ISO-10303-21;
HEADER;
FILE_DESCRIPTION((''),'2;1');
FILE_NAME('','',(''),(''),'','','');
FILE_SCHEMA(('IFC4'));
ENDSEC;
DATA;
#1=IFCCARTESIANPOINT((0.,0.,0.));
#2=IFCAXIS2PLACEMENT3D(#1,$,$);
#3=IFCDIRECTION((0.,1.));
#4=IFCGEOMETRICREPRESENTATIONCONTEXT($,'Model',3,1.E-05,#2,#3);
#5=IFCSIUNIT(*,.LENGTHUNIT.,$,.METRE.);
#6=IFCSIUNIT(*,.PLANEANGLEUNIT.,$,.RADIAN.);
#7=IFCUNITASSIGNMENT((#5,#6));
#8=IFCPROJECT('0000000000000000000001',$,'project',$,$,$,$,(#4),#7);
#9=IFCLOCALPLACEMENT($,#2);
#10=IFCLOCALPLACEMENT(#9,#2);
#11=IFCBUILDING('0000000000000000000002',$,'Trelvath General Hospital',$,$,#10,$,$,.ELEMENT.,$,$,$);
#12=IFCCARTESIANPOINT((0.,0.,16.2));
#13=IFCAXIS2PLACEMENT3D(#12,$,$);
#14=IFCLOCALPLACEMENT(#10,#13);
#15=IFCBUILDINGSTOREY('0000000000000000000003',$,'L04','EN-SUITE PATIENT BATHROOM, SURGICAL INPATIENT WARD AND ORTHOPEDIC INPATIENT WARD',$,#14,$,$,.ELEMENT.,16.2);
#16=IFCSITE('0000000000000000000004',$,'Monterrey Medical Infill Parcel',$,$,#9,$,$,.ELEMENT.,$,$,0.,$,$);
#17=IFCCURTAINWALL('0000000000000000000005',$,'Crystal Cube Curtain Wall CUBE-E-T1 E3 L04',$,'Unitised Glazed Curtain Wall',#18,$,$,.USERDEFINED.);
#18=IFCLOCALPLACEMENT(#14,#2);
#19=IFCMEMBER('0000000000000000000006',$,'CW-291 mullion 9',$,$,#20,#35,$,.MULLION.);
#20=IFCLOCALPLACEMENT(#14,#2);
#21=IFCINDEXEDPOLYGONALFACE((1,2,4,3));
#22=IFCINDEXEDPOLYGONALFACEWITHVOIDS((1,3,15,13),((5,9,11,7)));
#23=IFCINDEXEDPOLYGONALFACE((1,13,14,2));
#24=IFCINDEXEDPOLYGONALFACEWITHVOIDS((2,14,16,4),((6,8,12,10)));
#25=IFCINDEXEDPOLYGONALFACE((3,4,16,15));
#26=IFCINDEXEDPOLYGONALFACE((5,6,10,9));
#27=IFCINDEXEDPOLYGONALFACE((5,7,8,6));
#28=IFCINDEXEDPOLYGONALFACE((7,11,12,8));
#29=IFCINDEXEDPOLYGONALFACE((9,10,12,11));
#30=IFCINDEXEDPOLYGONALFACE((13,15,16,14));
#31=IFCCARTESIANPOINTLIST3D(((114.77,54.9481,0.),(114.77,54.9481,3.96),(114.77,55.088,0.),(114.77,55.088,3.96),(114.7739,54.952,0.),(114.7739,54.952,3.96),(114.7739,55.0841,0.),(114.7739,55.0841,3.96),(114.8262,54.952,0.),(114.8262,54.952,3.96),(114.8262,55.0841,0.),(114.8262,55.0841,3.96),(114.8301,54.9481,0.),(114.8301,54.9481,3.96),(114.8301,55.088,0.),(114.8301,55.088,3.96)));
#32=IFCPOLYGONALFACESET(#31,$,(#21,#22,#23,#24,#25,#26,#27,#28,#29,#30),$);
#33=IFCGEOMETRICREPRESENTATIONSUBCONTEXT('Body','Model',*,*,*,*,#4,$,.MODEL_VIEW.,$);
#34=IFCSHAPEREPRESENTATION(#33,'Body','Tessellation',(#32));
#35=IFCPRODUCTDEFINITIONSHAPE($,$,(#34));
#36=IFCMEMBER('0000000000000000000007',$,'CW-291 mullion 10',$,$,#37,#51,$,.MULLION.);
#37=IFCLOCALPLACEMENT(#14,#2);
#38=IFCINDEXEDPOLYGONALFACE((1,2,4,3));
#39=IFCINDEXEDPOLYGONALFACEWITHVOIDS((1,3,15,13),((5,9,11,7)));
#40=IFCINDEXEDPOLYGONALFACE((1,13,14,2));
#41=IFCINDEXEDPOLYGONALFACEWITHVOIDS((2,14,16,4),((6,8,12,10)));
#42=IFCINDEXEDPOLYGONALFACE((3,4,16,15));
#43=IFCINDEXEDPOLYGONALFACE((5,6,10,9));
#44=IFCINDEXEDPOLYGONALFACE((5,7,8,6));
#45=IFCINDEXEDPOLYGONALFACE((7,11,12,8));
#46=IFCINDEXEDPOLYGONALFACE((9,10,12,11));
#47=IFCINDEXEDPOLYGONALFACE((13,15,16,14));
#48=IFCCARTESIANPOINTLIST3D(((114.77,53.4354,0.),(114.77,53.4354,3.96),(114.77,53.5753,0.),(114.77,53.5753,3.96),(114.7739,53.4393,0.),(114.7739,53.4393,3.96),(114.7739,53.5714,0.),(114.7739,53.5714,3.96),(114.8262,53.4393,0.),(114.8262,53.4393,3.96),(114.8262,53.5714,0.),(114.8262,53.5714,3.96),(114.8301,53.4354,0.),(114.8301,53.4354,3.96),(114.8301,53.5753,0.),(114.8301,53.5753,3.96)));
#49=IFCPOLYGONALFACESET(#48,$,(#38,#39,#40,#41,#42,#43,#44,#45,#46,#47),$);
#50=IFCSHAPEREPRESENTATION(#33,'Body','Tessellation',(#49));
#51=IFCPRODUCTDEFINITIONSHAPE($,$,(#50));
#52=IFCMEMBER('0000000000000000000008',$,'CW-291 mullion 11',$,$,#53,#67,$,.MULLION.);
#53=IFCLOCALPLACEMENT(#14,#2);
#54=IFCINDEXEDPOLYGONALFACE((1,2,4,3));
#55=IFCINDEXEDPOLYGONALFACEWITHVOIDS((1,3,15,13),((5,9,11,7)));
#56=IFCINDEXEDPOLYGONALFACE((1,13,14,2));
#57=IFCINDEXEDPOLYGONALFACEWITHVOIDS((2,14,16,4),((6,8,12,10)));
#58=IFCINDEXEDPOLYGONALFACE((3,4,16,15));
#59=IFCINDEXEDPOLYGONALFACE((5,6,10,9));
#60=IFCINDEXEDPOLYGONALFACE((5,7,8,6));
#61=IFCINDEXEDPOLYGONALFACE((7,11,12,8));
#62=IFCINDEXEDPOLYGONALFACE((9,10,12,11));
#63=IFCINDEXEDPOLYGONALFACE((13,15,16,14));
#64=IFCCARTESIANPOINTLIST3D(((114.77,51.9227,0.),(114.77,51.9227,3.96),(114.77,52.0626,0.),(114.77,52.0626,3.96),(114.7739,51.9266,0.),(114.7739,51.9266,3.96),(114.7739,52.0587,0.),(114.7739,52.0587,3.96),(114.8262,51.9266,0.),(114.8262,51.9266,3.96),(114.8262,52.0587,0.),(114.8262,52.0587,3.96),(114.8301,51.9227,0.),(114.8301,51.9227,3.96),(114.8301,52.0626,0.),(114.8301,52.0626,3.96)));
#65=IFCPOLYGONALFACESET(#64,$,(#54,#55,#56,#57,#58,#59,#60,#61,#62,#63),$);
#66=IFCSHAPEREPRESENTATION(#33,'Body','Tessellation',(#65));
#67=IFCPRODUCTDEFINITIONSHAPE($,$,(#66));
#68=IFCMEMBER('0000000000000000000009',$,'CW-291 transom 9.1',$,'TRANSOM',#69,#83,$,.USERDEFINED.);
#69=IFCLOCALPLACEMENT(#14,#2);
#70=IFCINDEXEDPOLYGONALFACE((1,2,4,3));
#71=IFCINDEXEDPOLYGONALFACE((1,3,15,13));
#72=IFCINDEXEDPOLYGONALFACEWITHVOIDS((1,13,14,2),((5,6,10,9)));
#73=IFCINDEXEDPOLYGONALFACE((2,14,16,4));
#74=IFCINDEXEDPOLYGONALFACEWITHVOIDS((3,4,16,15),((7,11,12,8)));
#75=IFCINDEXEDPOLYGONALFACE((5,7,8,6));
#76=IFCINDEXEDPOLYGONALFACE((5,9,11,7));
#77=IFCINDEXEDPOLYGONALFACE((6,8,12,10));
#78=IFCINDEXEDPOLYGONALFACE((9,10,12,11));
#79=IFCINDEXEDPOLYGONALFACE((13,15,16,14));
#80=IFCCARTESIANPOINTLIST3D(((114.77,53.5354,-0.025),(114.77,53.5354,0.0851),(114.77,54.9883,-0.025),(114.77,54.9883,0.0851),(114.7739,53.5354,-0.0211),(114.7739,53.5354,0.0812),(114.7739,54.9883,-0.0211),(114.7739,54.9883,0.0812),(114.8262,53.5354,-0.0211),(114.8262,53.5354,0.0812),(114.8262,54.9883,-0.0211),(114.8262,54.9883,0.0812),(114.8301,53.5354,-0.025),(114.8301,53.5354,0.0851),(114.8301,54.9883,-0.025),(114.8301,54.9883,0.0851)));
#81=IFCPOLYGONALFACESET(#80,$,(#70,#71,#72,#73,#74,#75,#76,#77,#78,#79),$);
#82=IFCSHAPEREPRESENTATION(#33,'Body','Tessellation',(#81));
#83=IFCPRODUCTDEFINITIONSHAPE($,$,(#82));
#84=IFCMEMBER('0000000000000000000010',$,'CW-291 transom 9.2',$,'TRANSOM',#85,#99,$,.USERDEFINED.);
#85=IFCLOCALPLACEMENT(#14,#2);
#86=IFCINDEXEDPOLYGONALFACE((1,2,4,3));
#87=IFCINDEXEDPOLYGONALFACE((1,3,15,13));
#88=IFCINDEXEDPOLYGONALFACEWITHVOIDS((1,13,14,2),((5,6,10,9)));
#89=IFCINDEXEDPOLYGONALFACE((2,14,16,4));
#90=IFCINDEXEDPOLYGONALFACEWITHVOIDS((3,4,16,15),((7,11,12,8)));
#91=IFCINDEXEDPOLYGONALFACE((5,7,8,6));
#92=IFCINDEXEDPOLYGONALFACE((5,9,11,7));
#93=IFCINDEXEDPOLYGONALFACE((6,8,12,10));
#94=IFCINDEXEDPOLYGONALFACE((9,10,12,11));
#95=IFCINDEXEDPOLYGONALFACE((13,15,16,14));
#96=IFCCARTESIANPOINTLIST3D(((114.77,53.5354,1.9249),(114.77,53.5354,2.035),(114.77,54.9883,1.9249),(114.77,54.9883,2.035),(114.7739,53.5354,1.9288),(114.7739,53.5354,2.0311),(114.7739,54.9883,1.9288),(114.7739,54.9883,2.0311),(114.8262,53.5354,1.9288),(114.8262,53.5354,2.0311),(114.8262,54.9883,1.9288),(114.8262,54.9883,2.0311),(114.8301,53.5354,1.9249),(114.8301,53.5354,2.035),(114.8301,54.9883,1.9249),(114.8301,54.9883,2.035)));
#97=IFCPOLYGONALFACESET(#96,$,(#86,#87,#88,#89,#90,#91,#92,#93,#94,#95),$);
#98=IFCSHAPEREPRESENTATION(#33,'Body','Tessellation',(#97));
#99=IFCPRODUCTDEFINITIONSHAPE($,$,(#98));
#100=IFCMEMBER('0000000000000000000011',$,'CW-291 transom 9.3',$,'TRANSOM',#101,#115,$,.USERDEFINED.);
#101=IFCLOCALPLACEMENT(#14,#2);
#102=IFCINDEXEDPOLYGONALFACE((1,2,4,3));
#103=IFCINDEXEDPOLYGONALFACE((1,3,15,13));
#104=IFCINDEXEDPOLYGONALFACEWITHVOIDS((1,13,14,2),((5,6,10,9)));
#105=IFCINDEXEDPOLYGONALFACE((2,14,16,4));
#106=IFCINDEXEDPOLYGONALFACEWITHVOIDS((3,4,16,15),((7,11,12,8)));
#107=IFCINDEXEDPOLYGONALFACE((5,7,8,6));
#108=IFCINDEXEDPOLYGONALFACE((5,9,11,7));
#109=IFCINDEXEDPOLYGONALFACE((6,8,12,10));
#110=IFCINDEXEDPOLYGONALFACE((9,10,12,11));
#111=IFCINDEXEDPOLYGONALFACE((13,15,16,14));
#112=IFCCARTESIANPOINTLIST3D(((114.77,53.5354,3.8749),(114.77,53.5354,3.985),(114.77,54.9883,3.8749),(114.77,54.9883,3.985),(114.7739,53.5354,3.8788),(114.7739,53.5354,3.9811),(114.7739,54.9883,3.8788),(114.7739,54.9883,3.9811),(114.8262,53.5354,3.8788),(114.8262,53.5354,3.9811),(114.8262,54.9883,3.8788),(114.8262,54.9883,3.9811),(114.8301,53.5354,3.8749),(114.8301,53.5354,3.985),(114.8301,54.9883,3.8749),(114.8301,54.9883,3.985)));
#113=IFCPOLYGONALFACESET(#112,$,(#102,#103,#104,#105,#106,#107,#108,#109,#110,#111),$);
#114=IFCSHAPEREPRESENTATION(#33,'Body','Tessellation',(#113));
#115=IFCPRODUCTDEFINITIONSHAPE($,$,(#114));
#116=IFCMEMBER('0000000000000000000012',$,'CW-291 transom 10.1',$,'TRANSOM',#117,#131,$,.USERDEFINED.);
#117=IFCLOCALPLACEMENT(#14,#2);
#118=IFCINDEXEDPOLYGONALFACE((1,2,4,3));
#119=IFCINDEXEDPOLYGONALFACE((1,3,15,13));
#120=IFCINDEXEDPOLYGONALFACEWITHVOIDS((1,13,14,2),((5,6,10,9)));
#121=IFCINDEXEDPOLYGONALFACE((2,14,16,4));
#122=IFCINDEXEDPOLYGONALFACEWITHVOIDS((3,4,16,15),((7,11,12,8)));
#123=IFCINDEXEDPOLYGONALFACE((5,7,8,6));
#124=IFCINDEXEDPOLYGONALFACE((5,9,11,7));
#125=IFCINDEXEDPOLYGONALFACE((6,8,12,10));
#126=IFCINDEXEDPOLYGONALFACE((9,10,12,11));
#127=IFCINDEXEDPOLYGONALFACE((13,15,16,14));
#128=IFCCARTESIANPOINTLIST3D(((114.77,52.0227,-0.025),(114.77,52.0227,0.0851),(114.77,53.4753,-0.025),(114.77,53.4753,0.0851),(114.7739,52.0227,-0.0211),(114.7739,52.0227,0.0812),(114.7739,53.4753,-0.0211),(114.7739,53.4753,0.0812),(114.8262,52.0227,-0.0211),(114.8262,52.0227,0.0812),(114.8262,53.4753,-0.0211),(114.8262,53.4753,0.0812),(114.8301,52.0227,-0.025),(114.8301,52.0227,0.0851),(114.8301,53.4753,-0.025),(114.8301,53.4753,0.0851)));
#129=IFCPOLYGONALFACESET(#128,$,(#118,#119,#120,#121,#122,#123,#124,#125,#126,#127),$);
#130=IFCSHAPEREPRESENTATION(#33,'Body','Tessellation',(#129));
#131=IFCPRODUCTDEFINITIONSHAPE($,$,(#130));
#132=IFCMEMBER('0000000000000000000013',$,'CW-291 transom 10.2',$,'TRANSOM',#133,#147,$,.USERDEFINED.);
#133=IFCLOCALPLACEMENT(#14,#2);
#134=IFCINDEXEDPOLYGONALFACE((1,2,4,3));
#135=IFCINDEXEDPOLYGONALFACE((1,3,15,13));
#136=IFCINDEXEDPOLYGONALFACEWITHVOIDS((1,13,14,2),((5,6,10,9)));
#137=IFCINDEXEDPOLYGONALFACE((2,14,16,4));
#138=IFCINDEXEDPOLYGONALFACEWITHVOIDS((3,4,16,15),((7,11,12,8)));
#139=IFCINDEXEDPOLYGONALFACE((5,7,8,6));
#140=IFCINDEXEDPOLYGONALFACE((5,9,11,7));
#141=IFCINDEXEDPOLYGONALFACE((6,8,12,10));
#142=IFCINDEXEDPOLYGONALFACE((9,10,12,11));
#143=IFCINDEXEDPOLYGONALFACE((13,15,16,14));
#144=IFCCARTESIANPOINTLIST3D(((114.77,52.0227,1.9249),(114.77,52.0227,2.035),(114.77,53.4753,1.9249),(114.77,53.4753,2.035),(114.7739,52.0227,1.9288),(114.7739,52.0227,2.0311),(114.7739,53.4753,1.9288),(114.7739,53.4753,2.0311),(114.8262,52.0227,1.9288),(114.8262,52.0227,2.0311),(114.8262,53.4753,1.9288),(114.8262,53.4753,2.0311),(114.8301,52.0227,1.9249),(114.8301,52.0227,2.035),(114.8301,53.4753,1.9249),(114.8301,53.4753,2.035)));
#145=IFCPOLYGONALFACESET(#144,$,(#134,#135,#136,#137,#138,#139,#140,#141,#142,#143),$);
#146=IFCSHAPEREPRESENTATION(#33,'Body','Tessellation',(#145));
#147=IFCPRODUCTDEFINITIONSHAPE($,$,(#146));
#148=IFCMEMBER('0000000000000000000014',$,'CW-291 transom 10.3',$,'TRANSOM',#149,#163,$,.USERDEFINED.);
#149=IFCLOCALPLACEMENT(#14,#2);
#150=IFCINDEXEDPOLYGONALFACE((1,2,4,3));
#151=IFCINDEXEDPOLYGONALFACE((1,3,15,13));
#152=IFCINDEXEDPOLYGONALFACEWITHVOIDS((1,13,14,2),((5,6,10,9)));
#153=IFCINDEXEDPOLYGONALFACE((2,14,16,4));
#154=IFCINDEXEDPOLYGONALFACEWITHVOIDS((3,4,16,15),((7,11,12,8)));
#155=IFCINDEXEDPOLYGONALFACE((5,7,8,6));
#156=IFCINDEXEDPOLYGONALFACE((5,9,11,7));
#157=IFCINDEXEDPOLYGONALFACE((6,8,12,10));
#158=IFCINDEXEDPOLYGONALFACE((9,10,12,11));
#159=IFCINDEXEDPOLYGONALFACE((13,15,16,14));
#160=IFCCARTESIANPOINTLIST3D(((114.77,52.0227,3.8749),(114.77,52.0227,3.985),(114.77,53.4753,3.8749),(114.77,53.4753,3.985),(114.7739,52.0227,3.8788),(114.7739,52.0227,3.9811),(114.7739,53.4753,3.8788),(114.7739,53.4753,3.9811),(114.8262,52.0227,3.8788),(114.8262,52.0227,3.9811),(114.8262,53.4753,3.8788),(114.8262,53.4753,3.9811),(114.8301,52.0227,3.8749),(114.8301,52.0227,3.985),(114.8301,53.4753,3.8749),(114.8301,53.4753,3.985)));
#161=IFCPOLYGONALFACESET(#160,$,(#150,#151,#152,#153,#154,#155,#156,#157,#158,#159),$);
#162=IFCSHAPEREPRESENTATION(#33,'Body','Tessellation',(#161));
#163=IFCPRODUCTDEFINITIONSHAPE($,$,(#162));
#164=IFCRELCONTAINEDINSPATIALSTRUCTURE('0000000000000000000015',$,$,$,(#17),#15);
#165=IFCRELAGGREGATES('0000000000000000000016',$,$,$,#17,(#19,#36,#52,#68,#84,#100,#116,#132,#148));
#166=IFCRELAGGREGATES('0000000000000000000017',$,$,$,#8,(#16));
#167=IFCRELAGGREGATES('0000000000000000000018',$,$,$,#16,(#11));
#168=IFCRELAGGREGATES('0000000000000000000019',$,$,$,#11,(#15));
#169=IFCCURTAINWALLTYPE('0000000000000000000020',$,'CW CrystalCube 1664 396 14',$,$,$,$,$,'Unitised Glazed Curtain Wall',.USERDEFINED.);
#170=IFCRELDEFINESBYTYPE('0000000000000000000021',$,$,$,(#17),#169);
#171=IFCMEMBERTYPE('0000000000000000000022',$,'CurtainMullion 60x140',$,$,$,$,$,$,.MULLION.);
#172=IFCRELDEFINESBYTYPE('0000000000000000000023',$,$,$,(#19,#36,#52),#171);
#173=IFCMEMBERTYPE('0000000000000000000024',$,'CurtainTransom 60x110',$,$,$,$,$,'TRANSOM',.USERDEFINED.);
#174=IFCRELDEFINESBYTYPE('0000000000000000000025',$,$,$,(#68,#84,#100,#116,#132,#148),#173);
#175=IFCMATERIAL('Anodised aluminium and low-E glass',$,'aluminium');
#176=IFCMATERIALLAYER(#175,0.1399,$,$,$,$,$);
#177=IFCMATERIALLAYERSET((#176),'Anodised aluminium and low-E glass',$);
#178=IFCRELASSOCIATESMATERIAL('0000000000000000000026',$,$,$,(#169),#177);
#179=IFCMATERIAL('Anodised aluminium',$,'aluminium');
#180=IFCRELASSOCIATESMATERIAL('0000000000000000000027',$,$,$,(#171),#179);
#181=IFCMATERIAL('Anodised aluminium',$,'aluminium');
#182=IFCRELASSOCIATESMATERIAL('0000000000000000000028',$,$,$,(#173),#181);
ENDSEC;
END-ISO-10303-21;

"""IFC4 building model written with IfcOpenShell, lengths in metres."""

from ifc_helpers import new_model, si_unit, direction, frame, origin, origin_2d, place, context, subcontext, project, spatial, hollow_rectangle, extrude, material, layer, layer_set, material_profile, profile_set, type_object, element, aggregate, save


model = new_model("IFC4")

# Units and contexts
model_context = context("Model", 3, precision=1e-05, world=origin(), true_north=direction((0.0, 1.0)))
body_context = subcontext(model_context, "Body", "Model", "MODEL_VIEW")
ifc_project = project(units=[si_unit("LENGTHUNIT", "METRE"), si_unit("PLANEANGLEUNIT", "RADIAN")], contexts=[model_context])

# Site, building, storey
site_placement = place(None, origin())
site = spatial("IfcSite", under=ifc_project, at=site_placement, Name="Monterrey Medical Infill Parcel", CompositionType="ELEMENT", RefElevation=0.0)
building_placement = place(site_placement, origin())
building = spatial("IfcBuilding", under=site, at=building_placement, Name="Trelvath General Hospital", CompositionType="ELEMENT")
storey_placement = place(building_placement, frame((0.0, 0.0, 16.2)))
storey = spatial("IfcBuildingStorey", under=building, at=storey_placement, Name="L04", Description="EN-SUITE PATIENT BATHROOM, SURGICAL INPATIENT WARD AND ORTHOPEDIC INPATIENT WARD", CompositionType="ELEMENT", Elevation=16.2)

# Curtain wall, members
ifc_material_1 = material(Name="Anodised aluminium and low-E glass", Category="aluminium")
ifc_layer_1 = layer(ifc_material_1, 0.1399)
ifc_layer_set_1 = layer_set([ifc_layer_1], Name="Anodised aluminium and low-E glass")
curtain_wall_type = type_object("IfcCurtainWallType", Name="CW CrystalCube 1664 396 14", ElementType="Unitised Glazed Curtain Wall", PredefinedType="USERDEFINED", material=ifc_layer_set_1)
curtain_wall_placement = place(storey_placement, origin())
curtain_wall = element("IfcCurtainWall", 1, at=curtain_wall_placement, inside=storey, type_object=curtain_wall_type, Name="Crystal Cube Curtain Wall CUBE-E-T1 E3 L04", ObjectType="Unitised Glazed Curtain Wall", PredefinedType="USERDEFINED")
ifc_material_2 = material(Name="Anodised aluminium", Category="aluminium")
ifc_material_profile_1 = material_profile(ifc_material_2, hollow_rectangle(XDim=0.0601, YDim=0.1399, WallThickness=0.0039, at=origin_2d()), Name="RHS60x140x4")
ifc_profile_set_1 = profile_set([ifc_material_profile_1], Name="Anodised aluminium")
member_type_1 = type_object("IfcMemberType", Name="CurtainMullion 60x140", PredefinedType="MULLION", material=ifc_profile_set_1)
member_1_placement = place(storey_placement, frame((114.8, 55.0181, 0.0), z_axis=(0.0, 0.0, 1.0), x_axis=(1.0, 0.0, 0.0)))
member_1 = element("IfcMember", 2, at=member_1_placement, type_object=member_type_1, Name="CW-291 mullion 9", PredefinedType="MULLION", context=body_context, shape_type="SweptSolid", body=[
    extrude(hollow_rectangle(XDim=0.0601, YDim=0.1399, WallThickness=0.0039, at=origin_2d()), origin(), (0.0, 0.0, 1.0), 3.96),
])
member_2_placement = place(storey_placement, frame((114.8, 53.5054, 0.0), z_axis=(0.0, 0.0, 1.0), x_axis=(1.0, 0.0, 0.0)))
member_2 = element("IfcMember", 3, at=member_2_placement, type_object=member_type_1, Name="CW-291 mullion 10", PredefinedType="MULLION", context=body_context, shape_type="SweptSolid", body=[
    extrude(hollow_rectangle(XDim=0.0601, YDim=0.1399, WallThickness=0.0039, at=origin_2d()), origin(), (0.0, 0.0, 1.0), 3.96),
])
member_3_placement = place(storey_placement, frame((114.8, 51.9927, 0.0), z_axis=(0.0, 0.0, 1.0), x_axis=(1.0, 0.0, 0.0)))
member_3 = element("IfcMember", 4, at=member_3_placement, type_object=member_type_1, Name="CW-291 mullion 11", PredefinedType="MULLION", context=body_context, shape_type="SweptSolid", body=[
    extrude(hollow_rectangle(XDim=0.0601, YDim=0.1399, WallThickness=0.0039, at=origin_2d()), origin(), (0.0, 0.0, 1.0), 3.96),
])
ifc_material_3 = material(Name="Anodised aluminium", Category="aluminium")
ifc_material_profile_2 = material_profile(ifc_material_3, hollow_rectangle(XDim=0.0601, YDim=0.1101, WallThickness=0.0039, at=origin_2d()), Name="RHS60x110x4")
ifc_profile_set_2 = profile_set([ifc_material_profile_2], Name="Anodised aluminium")
member_type_2 = type_object("IfcMemberType", Name="CurtainTransom 60x110", ElementType="TRANSOM", PredefinedType="USERDEFINED", material=ifc_profile_set_2)
member_4_placement = place(storey_placement, frame((114.8, 54.9883, 0.03), z_axis=(0.0, -1.0, 0.0), x_axis=(1.0, 0.0, 0.0)))
member_4 = element("IfcMember", 5, at=member_4_placement, type_object=member_type_2, Name="CW-291 transom 9.1", ObjectType="TRANSOM", PredefinedType="USERDEFINED", context=body_context, shape_type="SweptSolid", body=[
    extrude(hollow_rectangle(XDim=0.0601, YDim=0.1101, WallThickness=0.0039, at=origin_2d()), origin(), (0.0, 0.0, 1.0), 1.4529),
])
member_5_placement = place(storey_placement, frame((114.8, 54.9883, 1.98), z_axis=(0.0, -1.0, 0.0), x_axis=(1.0, 0.0, 0.0)))
member_5 = element("IfcMember", 6, at=member_5_placement, type_object=member_type_2, Name="CW-291 transom 9.2", ObjectType="TRANSOM", PredefinedType="USERDEFINED", context=body_context, shape_type="SweptSolid", body=[
    extrude(hollow_rectangle(XDim=0.0601, YDim=0.1101, WallThickness=0.0039, at=origin_2d()), origin(), (0.0, 0.0, 1.0), 1.4529),
])
member_6_placement = place(storey_placement, frame((114.8, 54.9883, 3.9299), z_axis=(0.0, -1.0, 0.0), x_axis=(1.0, 0.0, 0.0)))
member_6 = element("IfcMember", 7, at=member_6_placement, type_object=member_type_2, Name="CW-291 transom 9.3", ObjectType="TRANSOM", PredefinedType="USERDEFINED", context=body_context, shape_type="SweptSolid", body=[
    extrude(hollow_rectangle(XDim=0.0601, YDim=0.1101, WallThickness=0.0039, at=origin_2d()), origin(), (0.0, 0.0, 1.0), 1.4529),
])
member_7_placement = place(storey_placement, frame((114.8, 53.4753, 0.03), z_axis=(0.0, -1.0, 0.0), x_axis=(1.0, 0.0, 0.0)))
member_7 = element("IfcMember", 8, at=member_7_placement, type_object=member_type_2, Name="CW-291 transom 10.1", ObjectType="TRANSOM", PredefinedType="USERDEFINED", context=body_context, shape_type="SweptSolid", body=[
    extrude(hollow_rectangle(XDim=0.0601, YDim=0.1101, WallThickness=0.0039, at=origin_2d()), origin(), (0.0, 0.0, 1.0), 1.4526),
])
member_8_placement = place(storey_placement, frame((114.8, 53.4753, 1.98), z_axis=(0.0, -1.0, 0.0), x_axis=(1.0, 0.0, 0.0)))
member_8 = element("IfcMember", 9, at=member_8_placement, type_object=member_type_2, Name="CW-291 transom 10.2", ObjectType="TRANSOM", PredefinedType="USERDEFINED", context=body_context, shape_type="SweptSolid", body=[
    extrude(hollow_rectangle(XDim=0.0601, YDim=0.1101, WallThickness=0.0039, at=origin_2d()), origin(), (0.0, 0.0, 1.0), 1.4526),
])
member_9_placement = place(storey_placement, frame((114.8, 53.4753, 3.9299), z_axis=(0.0, -1.0, 0.0), x_axis=(1.0, 0.0, 0.0)))
member_9 = element("IfcMember", 10, at=member_9_placement, type_object=member_type_2, Name="CW-291 transom 10.3", ObjectType="TRANSOM", PredefinedType="USERDEFINED", context=body_context, shape_type="SweptSolid", body=[
    extrude(hollow_rectangle(XDim=0.0601, YDim=0.1101, WallThickness=0.0039, at=origin_2d()), origin(), (0.0, 0.0, 1.0), 1.4526),
])

aggregate(curtain_wall, [member_1, member_2, member_3, member_4, member_5, member_6, member_7, member_8, member_9])

save(model, "model.ifc")
